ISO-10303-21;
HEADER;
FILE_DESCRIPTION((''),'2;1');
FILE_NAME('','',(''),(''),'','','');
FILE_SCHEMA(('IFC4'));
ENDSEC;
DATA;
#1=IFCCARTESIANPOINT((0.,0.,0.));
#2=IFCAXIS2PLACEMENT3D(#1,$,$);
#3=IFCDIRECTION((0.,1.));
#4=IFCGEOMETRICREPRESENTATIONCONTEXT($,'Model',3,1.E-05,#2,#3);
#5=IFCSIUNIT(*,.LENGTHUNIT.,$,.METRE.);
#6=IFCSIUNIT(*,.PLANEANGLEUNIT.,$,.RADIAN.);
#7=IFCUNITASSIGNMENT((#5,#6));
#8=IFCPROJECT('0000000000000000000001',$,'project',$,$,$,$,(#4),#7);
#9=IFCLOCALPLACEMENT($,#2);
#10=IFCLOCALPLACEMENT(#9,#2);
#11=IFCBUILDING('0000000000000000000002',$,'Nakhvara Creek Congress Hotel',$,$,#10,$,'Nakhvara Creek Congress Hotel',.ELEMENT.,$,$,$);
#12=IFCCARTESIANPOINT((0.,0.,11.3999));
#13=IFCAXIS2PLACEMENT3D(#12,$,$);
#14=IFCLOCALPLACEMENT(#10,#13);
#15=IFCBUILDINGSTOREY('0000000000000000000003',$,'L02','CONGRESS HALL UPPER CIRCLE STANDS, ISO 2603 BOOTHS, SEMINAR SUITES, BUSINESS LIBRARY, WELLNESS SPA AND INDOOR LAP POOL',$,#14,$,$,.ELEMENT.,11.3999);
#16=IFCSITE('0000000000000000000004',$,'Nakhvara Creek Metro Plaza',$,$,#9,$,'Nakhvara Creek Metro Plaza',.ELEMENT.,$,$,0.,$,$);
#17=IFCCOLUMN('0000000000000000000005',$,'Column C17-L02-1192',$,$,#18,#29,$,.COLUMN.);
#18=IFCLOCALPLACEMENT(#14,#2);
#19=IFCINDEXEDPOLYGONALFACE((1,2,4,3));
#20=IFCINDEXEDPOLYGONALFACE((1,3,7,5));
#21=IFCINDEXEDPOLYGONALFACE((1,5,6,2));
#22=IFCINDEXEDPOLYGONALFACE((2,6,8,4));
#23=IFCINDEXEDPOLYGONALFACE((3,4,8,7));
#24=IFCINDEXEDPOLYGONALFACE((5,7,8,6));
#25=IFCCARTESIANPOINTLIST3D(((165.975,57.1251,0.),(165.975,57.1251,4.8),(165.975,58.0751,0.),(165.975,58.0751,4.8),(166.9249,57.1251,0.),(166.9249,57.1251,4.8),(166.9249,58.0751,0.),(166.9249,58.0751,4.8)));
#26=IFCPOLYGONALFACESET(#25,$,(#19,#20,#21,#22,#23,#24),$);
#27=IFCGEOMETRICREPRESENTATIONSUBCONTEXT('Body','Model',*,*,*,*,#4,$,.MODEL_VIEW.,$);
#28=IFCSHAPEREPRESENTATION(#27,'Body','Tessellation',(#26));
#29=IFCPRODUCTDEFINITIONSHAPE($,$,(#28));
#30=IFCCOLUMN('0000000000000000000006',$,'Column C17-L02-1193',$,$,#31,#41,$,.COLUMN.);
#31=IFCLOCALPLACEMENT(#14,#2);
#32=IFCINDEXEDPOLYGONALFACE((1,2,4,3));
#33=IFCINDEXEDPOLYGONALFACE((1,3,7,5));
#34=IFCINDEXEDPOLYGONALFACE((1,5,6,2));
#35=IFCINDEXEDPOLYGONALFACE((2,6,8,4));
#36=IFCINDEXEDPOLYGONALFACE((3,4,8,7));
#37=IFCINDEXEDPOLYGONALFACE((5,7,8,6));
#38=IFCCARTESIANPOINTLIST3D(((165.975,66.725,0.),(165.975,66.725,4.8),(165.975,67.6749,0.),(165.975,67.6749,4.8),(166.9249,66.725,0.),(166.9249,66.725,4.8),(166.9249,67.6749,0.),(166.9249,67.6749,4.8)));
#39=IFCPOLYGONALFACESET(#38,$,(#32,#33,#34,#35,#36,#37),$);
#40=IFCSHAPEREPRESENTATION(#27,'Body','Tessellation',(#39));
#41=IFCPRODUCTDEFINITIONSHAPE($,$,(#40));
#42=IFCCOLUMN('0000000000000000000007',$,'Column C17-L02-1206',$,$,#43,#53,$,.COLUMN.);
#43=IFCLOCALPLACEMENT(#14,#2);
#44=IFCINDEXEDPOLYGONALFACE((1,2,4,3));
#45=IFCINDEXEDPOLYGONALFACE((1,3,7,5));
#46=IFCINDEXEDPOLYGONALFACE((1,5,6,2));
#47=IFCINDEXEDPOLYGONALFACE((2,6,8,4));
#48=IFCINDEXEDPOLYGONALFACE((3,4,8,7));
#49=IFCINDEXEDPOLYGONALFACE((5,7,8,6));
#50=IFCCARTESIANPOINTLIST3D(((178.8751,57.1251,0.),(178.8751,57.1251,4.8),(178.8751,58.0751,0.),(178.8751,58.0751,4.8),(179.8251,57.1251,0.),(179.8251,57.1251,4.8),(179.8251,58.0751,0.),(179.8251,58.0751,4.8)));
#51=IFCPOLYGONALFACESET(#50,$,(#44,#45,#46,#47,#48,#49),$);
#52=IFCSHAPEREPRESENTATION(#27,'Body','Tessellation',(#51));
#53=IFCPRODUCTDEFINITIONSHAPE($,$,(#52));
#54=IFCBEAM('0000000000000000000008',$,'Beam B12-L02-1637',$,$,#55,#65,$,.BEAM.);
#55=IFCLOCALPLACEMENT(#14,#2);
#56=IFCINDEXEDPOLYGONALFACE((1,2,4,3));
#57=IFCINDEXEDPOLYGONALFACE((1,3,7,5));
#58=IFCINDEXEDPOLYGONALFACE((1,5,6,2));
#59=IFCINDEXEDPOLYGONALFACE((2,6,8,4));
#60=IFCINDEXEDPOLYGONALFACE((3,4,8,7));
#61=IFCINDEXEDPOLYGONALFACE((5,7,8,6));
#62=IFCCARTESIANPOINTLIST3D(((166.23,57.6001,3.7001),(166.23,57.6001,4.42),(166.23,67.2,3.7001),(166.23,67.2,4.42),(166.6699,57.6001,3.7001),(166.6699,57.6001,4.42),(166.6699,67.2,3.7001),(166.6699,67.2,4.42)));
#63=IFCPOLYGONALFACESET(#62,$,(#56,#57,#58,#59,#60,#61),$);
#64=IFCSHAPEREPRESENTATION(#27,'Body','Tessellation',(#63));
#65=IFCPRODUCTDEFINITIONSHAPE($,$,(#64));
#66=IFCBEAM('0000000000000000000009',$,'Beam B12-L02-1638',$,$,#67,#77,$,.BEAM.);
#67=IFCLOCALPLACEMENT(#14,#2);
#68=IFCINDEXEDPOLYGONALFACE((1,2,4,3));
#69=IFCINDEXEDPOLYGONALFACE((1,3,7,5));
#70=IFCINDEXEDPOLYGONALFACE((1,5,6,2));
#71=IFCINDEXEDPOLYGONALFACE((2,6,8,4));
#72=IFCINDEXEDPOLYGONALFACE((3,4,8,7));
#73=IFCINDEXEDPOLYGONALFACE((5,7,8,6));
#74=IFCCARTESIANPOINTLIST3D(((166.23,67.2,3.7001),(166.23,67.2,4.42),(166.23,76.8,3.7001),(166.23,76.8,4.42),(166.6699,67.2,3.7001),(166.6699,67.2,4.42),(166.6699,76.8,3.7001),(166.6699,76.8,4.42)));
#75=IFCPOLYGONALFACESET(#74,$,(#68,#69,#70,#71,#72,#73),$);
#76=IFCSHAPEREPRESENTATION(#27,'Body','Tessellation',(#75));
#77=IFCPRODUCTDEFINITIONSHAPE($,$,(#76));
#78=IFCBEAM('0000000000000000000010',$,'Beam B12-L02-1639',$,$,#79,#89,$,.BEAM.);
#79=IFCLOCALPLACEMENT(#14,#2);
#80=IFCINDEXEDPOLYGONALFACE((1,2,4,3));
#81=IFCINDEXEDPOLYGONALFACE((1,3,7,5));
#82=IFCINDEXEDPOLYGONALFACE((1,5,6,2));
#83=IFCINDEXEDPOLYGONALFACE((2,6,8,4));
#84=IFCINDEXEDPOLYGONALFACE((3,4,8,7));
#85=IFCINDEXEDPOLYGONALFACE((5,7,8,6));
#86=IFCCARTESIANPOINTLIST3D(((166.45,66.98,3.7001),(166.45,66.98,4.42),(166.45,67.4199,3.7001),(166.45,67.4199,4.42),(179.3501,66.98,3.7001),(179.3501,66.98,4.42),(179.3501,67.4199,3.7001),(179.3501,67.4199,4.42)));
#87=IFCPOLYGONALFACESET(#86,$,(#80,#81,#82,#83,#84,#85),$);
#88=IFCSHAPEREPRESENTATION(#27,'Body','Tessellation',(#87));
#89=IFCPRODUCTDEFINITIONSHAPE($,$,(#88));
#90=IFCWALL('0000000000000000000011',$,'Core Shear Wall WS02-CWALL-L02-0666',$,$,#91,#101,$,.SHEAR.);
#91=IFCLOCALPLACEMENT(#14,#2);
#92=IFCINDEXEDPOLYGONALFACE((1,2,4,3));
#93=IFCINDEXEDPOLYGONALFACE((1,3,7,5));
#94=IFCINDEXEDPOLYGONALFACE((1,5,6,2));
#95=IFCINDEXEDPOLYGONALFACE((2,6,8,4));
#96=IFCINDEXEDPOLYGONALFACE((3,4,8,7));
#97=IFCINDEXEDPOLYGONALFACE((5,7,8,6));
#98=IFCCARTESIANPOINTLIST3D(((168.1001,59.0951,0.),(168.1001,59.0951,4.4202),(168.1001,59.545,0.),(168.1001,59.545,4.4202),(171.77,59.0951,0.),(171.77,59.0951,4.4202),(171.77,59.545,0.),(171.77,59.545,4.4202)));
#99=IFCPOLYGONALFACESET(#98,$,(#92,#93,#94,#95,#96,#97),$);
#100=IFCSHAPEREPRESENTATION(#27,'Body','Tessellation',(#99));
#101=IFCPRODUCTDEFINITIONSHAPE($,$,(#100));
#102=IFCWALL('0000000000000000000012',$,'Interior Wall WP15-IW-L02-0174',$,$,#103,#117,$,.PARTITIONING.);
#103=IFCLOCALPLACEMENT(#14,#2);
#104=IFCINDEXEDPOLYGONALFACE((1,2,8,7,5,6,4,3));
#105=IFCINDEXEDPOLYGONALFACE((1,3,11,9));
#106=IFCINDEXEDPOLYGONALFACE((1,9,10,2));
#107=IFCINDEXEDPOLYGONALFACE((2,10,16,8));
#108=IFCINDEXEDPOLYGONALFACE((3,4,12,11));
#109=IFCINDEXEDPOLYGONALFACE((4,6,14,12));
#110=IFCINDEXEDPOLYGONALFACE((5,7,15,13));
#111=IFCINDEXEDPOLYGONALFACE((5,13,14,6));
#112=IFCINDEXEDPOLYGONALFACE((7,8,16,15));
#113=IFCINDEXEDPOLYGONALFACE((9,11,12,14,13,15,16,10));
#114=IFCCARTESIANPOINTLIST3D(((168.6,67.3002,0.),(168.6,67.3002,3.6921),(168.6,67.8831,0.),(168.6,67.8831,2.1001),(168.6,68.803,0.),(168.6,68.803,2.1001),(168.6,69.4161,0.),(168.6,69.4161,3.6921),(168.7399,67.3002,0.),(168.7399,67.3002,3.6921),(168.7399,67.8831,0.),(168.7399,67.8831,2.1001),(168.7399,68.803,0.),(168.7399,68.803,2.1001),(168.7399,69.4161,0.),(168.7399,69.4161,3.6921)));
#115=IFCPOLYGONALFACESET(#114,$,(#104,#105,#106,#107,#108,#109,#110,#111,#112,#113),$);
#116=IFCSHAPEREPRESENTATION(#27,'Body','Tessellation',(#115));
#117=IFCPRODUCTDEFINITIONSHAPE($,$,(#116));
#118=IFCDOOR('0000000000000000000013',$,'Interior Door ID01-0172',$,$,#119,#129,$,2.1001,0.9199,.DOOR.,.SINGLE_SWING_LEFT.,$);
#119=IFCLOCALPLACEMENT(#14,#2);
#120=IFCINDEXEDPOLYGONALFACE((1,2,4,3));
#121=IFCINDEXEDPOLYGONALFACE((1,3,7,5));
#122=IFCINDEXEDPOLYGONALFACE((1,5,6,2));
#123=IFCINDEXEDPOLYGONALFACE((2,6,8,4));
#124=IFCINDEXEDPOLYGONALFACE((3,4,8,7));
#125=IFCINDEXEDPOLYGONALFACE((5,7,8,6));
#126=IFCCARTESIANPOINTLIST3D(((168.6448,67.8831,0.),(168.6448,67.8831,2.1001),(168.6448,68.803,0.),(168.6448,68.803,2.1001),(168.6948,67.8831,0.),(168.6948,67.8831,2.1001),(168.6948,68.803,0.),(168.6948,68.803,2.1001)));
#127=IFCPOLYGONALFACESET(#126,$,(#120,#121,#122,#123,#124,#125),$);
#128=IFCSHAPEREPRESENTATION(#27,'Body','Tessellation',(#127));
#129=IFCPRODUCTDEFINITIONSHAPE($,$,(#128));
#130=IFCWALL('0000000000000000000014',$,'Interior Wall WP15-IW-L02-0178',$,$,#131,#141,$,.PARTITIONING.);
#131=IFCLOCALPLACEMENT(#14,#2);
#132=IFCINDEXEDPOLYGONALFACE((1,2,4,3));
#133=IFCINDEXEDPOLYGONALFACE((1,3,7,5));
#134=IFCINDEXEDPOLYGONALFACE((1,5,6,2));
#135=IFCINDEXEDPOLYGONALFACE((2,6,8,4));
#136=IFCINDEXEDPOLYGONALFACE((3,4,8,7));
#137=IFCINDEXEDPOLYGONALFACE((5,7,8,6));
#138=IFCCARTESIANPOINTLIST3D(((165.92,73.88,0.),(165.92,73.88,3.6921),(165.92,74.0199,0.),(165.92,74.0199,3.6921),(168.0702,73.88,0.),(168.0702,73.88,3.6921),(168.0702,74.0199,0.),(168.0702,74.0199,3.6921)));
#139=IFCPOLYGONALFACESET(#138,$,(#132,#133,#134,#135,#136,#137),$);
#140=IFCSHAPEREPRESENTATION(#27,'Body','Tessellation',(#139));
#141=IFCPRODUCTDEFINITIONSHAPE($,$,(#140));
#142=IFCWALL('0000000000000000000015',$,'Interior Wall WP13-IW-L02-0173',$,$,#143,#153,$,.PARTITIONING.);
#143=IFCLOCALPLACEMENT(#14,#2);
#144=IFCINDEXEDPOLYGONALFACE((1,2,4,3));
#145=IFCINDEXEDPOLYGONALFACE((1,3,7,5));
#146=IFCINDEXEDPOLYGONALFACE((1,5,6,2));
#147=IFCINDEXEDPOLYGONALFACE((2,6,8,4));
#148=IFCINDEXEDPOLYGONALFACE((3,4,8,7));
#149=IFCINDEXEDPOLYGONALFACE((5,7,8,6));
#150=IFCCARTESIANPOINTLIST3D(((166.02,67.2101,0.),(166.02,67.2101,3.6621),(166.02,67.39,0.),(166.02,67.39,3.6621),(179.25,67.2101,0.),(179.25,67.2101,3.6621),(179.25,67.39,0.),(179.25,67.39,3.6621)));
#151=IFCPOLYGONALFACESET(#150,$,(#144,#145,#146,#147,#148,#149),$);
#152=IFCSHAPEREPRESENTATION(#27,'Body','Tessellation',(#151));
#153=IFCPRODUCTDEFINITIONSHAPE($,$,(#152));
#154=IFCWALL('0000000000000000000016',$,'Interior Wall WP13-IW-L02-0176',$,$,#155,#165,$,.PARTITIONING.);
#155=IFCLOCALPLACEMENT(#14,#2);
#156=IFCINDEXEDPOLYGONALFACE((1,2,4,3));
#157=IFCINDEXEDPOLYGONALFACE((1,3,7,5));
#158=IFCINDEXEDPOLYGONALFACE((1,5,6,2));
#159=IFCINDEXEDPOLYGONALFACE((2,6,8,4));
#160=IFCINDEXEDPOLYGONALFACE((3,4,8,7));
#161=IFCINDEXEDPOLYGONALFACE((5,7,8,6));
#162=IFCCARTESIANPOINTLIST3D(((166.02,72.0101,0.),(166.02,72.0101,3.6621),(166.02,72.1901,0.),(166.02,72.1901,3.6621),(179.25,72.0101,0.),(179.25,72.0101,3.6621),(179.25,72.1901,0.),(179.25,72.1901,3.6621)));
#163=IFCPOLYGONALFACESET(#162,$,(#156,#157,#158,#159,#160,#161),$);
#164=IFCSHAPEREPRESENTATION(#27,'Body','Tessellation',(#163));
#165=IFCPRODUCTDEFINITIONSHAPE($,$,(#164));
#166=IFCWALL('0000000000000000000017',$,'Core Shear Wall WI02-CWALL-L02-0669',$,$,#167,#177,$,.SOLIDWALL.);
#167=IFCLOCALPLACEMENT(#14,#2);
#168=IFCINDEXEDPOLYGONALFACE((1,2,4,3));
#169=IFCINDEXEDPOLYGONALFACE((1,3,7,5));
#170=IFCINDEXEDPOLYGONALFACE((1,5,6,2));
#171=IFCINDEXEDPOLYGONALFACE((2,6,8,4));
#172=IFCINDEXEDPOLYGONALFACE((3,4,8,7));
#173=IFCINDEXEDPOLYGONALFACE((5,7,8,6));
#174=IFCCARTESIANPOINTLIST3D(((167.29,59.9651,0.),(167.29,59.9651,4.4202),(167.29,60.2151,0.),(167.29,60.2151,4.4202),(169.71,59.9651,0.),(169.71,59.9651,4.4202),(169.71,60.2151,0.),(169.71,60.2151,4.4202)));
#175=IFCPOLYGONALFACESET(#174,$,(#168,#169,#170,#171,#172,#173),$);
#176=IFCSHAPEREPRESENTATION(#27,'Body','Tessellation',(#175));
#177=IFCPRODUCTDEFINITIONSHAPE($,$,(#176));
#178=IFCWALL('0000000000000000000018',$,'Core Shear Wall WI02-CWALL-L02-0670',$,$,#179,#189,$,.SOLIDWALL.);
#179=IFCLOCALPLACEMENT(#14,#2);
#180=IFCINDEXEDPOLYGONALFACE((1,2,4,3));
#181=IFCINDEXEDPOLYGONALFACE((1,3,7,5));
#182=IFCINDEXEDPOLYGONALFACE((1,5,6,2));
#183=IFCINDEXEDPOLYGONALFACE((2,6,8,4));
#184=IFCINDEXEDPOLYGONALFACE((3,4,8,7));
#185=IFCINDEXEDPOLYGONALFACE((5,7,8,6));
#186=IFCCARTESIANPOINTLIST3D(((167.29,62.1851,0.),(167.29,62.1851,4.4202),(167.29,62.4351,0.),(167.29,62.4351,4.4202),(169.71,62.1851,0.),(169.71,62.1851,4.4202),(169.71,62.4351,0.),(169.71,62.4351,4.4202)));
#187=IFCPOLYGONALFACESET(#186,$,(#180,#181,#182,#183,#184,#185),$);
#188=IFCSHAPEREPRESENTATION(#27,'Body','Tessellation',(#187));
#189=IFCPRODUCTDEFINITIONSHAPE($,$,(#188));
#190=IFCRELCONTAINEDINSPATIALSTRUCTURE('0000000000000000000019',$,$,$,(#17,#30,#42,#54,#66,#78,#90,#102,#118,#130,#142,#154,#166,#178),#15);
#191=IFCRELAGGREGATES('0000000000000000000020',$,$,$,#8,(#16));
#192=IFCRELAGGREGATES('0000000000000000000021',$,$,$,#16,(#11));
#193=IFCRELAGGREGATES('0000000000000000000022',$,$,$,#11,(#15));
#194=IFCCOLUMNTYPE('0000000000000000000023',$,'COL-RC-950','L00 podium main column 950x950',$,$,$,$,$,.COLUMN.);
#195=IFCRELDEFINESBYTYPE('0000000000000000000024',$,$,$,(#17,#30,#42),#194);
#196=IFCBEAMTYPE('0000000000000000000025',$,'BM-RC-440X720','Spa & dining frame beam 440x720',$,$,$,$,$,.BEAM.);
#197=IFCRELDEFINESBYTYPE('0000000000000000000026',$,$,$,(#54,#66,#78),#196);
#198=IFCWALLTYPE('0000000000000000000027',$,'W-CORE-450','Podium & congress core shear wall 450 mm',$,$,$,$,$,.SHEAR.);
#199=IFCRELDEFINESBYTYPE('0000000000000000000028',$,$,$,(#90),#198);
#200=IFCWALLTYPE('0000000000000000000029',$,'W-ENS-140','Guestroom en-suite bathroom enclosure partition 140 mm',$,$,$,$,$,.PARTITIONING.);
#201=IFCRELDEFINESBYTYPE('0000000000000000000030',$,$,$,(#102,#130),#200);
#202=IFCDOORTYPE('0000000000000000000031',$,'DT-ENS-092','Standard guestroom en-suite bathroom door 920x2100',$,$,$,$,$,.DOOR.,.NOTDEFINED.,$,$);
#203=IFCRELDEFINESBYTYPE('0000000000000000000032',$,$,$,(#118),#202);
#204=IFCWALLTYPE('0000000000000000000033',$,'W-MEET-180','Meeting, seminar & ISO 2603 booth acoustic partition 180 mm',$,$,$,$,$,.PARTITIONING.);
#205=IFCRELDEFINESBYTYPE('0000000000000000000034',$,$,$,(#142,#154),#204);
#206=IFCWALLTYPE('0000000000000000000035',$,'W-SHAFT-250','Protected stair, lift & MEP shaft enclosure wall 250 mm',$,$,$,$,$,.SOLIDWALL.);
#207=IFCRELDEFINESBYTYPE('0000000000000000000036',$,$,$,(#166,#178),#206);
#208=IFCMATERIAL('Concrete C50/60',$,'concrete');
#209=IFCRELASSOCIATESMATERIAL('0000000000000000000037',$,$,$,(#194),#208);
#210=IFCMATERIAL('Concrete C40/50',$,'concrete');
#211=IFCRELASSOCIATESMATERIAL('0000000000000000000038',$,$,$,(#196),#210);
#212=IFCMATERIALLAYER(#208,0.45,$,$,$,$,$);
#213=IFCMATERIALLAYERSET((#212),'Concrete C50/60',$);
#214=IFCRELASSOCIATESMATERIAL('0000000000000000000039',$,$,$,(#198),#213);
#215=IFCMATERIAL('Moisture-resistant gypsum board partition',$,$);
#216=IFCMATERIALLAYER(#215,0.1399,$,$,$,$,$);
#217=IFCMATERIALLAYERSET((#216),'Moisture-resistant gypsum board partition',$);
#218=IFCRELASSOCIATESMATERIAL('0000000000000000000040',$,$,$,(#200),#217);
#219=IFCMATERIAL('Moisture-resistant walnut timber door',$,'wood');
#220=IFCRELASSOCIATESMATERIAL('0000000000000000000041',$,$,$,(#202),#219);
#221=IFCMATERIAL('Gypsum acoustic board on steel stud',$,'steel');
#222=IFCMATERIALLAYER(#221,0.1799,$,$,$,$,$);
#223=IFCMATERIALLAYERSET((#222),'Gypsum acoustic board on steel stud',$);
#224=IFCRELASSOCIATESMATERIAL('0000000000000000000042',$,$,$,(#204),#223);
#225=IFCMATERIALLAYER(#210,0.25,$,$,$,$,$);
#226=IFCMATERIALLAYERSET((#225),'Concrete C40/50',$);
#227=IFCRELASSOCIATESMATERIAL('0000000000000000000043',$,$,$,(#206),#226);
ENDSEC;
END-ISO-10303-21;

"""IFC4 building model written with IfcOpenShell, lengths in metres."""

from ifc_helpers import new_model, si_unit, direction, frame, frame_2d, origin, origin_2d, place, context, subcontext, project, spatial, rectangle, extrude, material, layer, layer_set, material_profile, profile_set, type_object, element, fill, save


model = new_model("IFC4")

# Units and contexts
model_context = context("Model", 3, precision=1e-05, world=origin(), true_north=direction((0.0, 1.0)))
body_context = subcontext(model_context, "Body", "Model", "MODEL_VIEW")
ifc_project = project(units=[si_unit("LENGTHUNIT", "METRE"), si_unit("PLANEANGLEUNIT", "RADIAN")], contexts=[model_context])

# Site, building, storey
site_placement = place(None, origin())
site = spatial("IfcSite", under=ifc_project, at=site_placement, Name="Nakhvara Creek Metro Plaza", LongName="Nakhvara Creek Metro Plaza", CompositionType="ELEMENT", RefElevation=0.0)
building_placement = place(site_placement, origin())
building = spatial("IfcBuilding", under=site, at=building_placement, Name="Nakhvara Creek Congress Hotel", LongName="Nakhvara Creek Congress Hotel", CompositionType="ELEMENT")
storey_placement = place(building_placement, frame((0.0, 0.0, 11.3999)))
storey = spatial("IfcBuildingStorey", under=building, at=storey_placement, Name="L02", Description="CONGRESS HALL UPPER CIRCLE STANDS, ISO 2603 BOOTHS, SEMINAR SUITES, BUSINESS LIBRARY, WELLNESS SPA AND INDOOR LAP POOL", CompositionType="ELEMENT", Elevation=11.3999)

# Columns
ifc_material_1 = material(Name="Concrete C50/60", Category="concrete")
ifc_material_profile_1 = material_profile(ifc_material_1, rectangle(XDim=0.95, YDim=0.95, at=origin_2d()), Name="RC-COL 950x950", Category="LoadBearing")
ifc_profile_set_1 = profile_set([ifc_material_profile_1], Name="Concrete C50/60")
column_type = type_object("IfcColumnType", Name="COL-RC-950", Description="L00 podium main column 950x950", PredefinedType="COLUMN", material=ifc_profile_set_1)
for number, where, z_axis, x_axis, name in (
    (1, (166.45, 57.6001, 0.0), (0.0, 0.0, 1.0), (1.0, 0.0, 0.0), "Column C17-L02-1192"),
    (2, (166.45, 67.2, 0.0), (0.0, 0.0, 1.0), (1.0, 0.0, 0.0), "Column C17-L02-1193"),
    (3, (179.3501, 57.6001, 0.0), (0.0, 0.0, 1.0), (1.0, 0.0, 0.0), "Column C17-L02-1206"),
):
    element("IfcColumn", number, at=place(storey_placement, frame(where, z_axis=z_axis, x_axis=x_axis)), inside=storey, type_object=column_type, Name=name, PredefinedType="COLUMN", context=body_context, shape_type="SweptSolid", body=[
        extrude(rectangle(XDim=0.95, YDim=0.95, at=origin_2d()), origin(), (0.0, 0.0, 1.0), 4.8),
    ])

# Beams
ifc_material_2 = material(Name="Concrete C40/50", Category="concrete")
ifc_material_profile_2 = material_profile(ifc_material_2, rectangle(XDim=0.4399, YDim=0.72, at=origin_2d()), Name="RC-BM 440x720", Category="LoadBearing")
ifc_profile_set_2 = profile_set([ifc_material_profile_2], Name="Concrete C40/50")
beam_type = type_object("IfcBeamType", Name="BM-RC-440X720", Description="Spa & dining frame beam 440x720", PredefinedType="BEAM", material=ifc_profile_set_2)
beam_1_placement = place(storey_placement, frame((166.45, 57.6001, 4.0601), z_axis=(0.0, 1.0, 0.0), x_axis=(-1.0, 0.0, 0.0)))
element("IfcBeam", 4, at=beam_1_placement, inside=storey, type_object=beam_type, Name="Beam B12-L02-1637", PredefinedType="BEAM", context=body_context, shape_type="SweptSolid", body=[
    extrude(rectangle(XDim=0.4399, YDim=0.72, at=origin_2d()), origin(), (0.0, 0.0, 1.0), 9.5999),
])
beam_2_placement = place(storey_placement, frame((166.45, 67.2, 4.0601), z_axis=(0.0, 1.0, 0.0), x_axis=(-1.0, 0.0, 0.0)))
element("IfcBeam", 5, at=beam_2_placement, inside=storey, type_object=beam_type, Name="Beam B12-L02-1638", PredefinedType="BEAM", context=body_context, shape_type="SweptSolid", body=[
    extrude(rectangle(XDim=0.4399, YDim=0.72, at=origin_2d()), origin(), (0.0, 0.0, 1.0), 9.6001),
])
beam_3_placement = place(storey_placement, frame((166.45, 67.2, 4.0601), z_axis=(1.0, 0.0, 0.0), x_axis=(0.0, 1.0, 0.0)))
element("IfcBeam", 6, at=beam_3_placement, inside=storey, type_object=beam_type, Name="Beam B12-L02-1639", PredefinedType="BEAM", context=body_context, shape_type="SweptSolid", body=[
    extrude(rectangle(XDim=0.4399, YDim=0.72, at=origin_2d()), origin(), (0.0, 0.0, 1.0), 12.9001),
])

# Wall
ifc_layer_1 = layer(ifc_material_1, 0.45)
ifc_layer_set_1 = layer_set([ifc_layer_1], Name="Concrete C50/60")
wall_type_1 = type_object("IfcWallType", Name="W-CORE-450", Description="Podium & congress core shear wall 450 mm", PredefinedType="SHEAR", material=ifc_layer_set_1)
wall_1_placement = place(storey_placement, frame((168.1001, 59.3201, 0.0), z_axis=(0.0, 0.0, 1.0), x_axis=(1.0, 0.0, 0.0)))
element("IfcWall", 7, at=wall_1_placement, inside=storey, type_object=wall_type_1, Name="Core Shear Wall WS02-CWALL-L02-0666", PredefinedType="SHEAR", context=body_context, shape_type="SweptSolid", body=[
    extrude(rectangle(XDim=3.6699, YDim=0.45, at=frame_2d((1.835, 0.0))), origin(), (0.0, 0.0, 1.0), 4.4202),
])

# Wall, opening, door
ifc_material_3 = material(Name="Moisture-resistant gypsum board partition")
ifc_layer_2 = layer(ifc_material_3, 0.1399)
ifc_layer_set_2 = layer_set([ifc_layer_2], Name="Moisture-resistant gypsum board partition")
wall_type_2 = type_object("IfcWallType", Name="W-ENS-140", Description="Guestroom en-suite bathroom enclosure partition 140 mm", PredefinedType="PARTITIONING", material=ifc_layer_set_2)
wall_2_placement = place(storey_placement, frame((168.6699, 67.3, 0.0), z_axis=(0.0, 0.0, 1.0), x_axis=(0.0, 1.0, 0.0)))
wall_2 = element("IfcWall", 8, at=wall_2_placement, inside=storey, type_object=wall_type_2, Name="Interior Wall WP15-IW-L02-0174", PredefinedType="PARTITIONING", context=body_context, shape_type="SweptSolid", body=[
    extrude(rectangle(XDim=2.116, YDim=0.1399, at=frame_2d((1.0581, 0.0))), origin(), (0.0, 0.0, 1.0), 3.6921),
])
opening_1_placement = place(wall_2_placement, frame((0.583, 0.0, 0.0)))
opening_1 = element("IfcOpeningElement", 9, at=opening_1_placement, cuts=wall_2, PredefinedType="OPENING", context=body_context, shape_type="SweptSolid", body=[
    extrude(rectangle(XDim=0.9199, YDim=2.1001, at=frame_2d((0.46, 1.05))), frame((0.0, 0.082, 0.0), z_axis=(0.0, -1.0, 0.0), x_axis=(1.0, 0.0, 0.0)), (0.0, 0.0, 1.0), 0.1638),
])
ifc_material_4 = material(Name="Moisture-resistant walnut timber door", Category="wood")
door_type_1 = type_object("IfcDoorType", Name="DT-ENS-092", Description="Standard guestroom en-suite bathroom door 920x2100", OperationType="NOTDEFINED", PredefinedType="DOOR", material=ifc_material_4)
door_1_placement = place(opening_1_placement, frame((0.9199, 0.0, 0.0), z_axis=(0.0, 0.0, 1.0), x_axis=(-1.0, 0.0, 0.0)))
door_1 = element("IfcDoor", 10, at=door_1_placement, inside=storey, type_object=door_type_1, Name="Interior Door ID01-0172", OperationType="SINGLE_SWING_LEFT", OverallHeight=2.1001, OverallWidth=0.9199, PredefinedType="DOOR", context=body_context, shape_type="SweptSolid", body=[
    extrude(rectangle(XDim=0.9199, YDim=2.1001, at=frame_2d((0.46, 1.05))), frame((0.0, 0.0249, 0.0), z_axis=(0.0, -1.0, 0.0), x_axis=(1.0, 0.0, 0.0)), (0.0, 0.0, 1.0), 0.05),
])
fill(opening_1, door_1)

# Walls
wall_3_placement = place(storey_placement, frame((165.9199, 73.95, 0.0), z_axis=(0.0, 0.0, 1.0), x_axis=(1.0, 0.0, 0.0)))
element("IfcWall", 11, at=wall_3_placement, inside=storey, type_object=wall_type_2, Name="Interior Wall WP15-IW-L02-0178", PredefinedType="PARTITIONING", context=body_context, shape_type="SweptSolid", body=[
    extrude(rectangle(XDim=2.1501, YDim=0.1399, at=frame_2d((1.0752, 0.0))), origin(), (0.0, 0.0, 1.0), 3.6921),
])
ifc_material_5 = material(Name="Gypsum acoustic board on steel stud", Category="steel")
ifc_layer_3 = layer(ifc_material_5, 0.1799)
ifc_layer_set_3 = layer_set([ifc_layer_3], Name="Gypsum acoustic board on steel stud")
wall_type_3 = type_object("IfcWallType", Name="W-MEET-180", Description="Meeting, seminar & ISO 2603 booth acoustic partition 180 mm", PredefinedType="PARTITIONING", material=ifc_layer_set_3)
for number, where, z_axis, x_axis, name in (
    (12, (166.02, 67.3, 0.0), (0.0, 0.0, 1.0), (1.0, 0.0, 0.0), "Interior Wall WP13-IW-L02-0173"),
    (13, (166.02, 72.1001, 0.0), (0.0, 0.0, 1.0), (1.0, 0.0, 0.0), "Interior Wall WP13-IW-L02-0176"),
):
    element("IfcWall", number, at=place(storey_placement, frame(where, z_axis=z_axis, x_axis=x_axis)), inside=storey, type_object=wall_type_3, Name=name, PredefinedType="PARTITIONING", context=body_context, shape_type="SweptSolid", body=[
        extrude(rectangle(XDim=13.23, YDim=0.1799, at=frame_2d((6.615, 0.0))), origin(), (0.0, 0.0, 1.0), 3.6621),
    ])
ifc_layer_4 = layer(ifc_material_2, 0.25)
ifc_layer_set_4 = layer_set([ifc_layer_4], Name="Concrete C40/50")
wall_type_4 = type_object("IfcWallType", Name="W-SHAFT-250", Description="Protected stair, lift & MEP shaft enclosure wall 250 mm", PredefinedType="SOLIDWALL", material=ifc_layer_set_4)
for number, where, z_axis, x_axis, name in (
    (14, (167.29, 60.0901, 0.0), (0.0, 0.0, 1.0), (1.0, 0.0, 0.0), "Core Shear Wall WI02-CWALL-L02-0669"),
    (15, (167.29, 62.3101, 0.0), (0.0, 0.0, 1.0), (1.0, 0.0, 0.0), "Core Shear Wall WI02-CWALL-L02-0670"),
):
    element("IfcWall", number, at=place(storey_placement, frame(where, z_axis=z_axis, x_axis=x_axis)), inside=storey, type_object=wall_type_4, Name=name, PredefinedType="SOLIDWALL", context=body_context, shape_type="SweptSolid", body=[
        extrude(rectangle(XDim=2.4199, YDim=0.25, at=frame_2d((1.21, 0.0))), origin(), (0.0, 0.0, 1.0), 4.4202),
    ])

save(model, "model.ifc")
